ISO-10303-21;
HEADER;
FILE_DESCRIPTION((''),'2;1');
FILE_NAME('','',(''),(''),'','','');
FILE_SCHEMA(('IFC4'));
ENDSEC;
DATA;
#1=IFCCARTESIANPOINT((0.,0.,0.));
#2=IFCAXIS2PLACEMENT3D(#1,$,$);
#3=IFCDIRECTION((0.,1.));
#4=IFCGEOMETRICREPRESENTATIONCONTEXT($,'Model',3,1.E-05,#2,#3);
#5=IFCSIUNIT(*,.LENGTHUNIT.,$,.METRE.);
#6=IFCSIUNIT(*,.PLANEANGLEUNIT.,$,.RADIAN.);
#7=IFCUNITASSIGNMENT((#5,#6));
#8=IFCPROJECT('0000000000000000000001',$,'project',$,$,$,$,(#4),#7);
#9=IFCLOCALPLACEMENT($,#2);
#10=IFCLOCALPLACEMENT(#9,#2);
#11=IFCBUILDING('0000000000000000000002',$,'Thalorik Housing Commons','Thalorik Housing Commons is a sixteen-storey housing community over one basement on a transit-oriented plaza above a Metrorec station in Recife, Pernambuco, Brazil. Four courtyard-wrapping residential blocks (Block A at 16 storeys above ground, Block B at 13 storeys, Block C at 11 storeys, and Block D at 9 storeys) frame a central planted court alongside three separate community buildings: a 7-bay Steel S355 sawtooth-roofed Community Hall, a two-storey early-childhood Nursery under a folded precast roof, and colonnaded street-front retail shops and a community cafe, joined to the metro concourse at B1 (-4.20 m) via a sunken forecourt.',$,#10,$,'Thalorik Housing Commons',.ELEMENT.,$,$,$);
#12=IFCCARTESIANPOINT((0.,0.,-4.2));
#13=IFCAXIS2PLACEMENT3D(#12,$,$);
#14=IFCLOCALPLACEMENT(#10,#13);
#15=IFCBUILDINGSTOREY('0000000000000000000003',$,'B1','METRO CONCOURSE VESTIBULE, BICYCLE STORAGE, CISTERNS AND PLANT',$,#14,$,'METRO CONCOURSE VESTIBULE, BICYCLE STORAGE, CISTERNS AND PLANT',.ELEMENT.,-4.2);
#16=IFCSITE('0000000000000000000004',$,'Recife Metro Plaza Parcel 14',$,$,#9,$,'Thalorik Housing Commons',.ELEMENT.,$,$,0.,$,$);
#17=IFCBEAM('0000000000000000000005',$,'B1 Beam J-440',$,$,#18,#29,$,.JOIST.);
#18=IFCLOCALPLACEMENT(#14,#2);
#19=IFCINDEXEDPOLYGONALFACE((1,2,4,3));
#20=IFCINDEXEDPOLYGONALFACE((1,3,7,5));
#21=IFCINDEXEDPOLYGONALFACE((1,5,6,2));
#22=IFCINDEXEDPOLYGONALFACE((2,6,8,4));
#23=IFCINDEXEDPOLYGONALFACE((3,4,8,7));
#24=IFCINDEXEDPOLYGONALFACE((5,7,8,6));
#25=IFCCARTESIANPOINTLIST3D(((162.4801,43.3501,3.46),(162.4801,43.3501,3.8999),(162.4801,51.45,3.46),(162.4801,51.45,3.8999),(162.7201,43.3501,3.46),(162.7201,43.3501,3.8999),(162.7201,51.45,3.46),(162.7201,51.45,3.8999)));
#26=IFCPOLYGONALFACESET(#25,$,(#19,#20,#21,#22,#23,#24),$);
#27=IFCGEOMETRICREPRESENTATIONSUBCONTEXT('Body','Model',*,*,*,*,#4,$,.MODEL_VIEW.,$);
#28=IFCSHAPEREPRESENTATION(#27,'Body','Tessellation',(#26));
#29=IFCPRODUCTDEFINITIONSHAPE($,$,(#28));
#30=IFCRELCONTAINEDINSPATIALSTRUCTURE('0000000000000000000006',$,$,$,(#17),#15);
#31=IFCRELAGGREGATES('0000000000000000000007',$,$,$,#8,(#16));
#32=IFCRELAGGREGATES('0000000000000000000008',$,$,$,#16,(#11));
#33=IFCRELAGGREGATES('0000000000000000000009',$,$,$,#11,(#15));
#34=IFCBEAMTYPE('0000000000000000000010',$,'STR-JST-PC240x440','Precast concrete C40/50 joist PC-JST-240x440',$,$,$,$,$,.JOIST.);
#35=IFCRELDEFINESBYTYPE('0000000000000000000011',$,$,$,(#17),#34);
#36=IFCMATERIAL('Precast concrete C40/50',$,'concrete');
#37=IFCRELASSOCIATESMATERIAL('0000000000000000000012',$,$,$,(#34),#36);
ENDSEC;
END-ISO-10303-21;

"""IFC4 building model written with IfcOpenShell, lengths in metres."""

from ifc_helpers import new_model, si_unit, direction, frame, origin, origin_2d, place, context, subcontext, project, spatial, rectangle, extrude, material, material_profile, profile_set, type_object, element, save


model = new_model("IFC4")

# Units and contexts
model_context = context("Model", 3, precision=1e-05, world=origin(), true_north=direction((0.0, 1.0)))
body_context = subcontext(model_context, "Body", "Model", "MODEL_VIEW")
ifc_project = project(units=[si_unit("LENGTHUNIT", "METRE"), si_unit("PLANEANGLEUNIT", "RADIAN")], contexts=[model_context])

# Site, building, storey
site_placement = place(None, origin())
site = spatial("IfcSite", under=ifc_project, at=site_placement, Name="Recife Metro Plaza Parcel 14", LongName="Thalorik Housing Commons", CompositionType="ELEMENT", RefElevation=0.0)
building_placement = place(site_placement, origin())
building = spatial("IfcBuilding", under=site, at=building_placement, Name="Thalorik Housing Commons", Description="Thalorik Housing Commons is a sixteen-storey housing community over one basement on a transit-oriented plaza above a Metrorec station in Recife, Pernambuco, Brazil. Four courtyard-wrapping residential blocks (Block A at 16 storeys above ground, Block B at 13 storeys, Block C at 11 storeys, and Block D at 9 storeys) frame a central planted court alongside three separate community buildings: a 7-bay Steel S355 sawtooth-roofed Community Hall, a two-storey early-childhood Nursery under a folded precast roof, and colonnaded street-front retail shops and a community cafe, joined to the metro concourse at B1 (-4.20 m) via a sunken forecourt.", LongName="Thalorik Housing Commons", CompositionType="ELEMENT")
storey_placement = place(building_placement, frame((0.0, 0.0, -4.2)))
storey = spatial("IfcBuildingStorey", under=building, at=storey_placement, Name="B1", Description="METRO CONCOURSE VESTIBULE, BICYCLE STORAGE, CISTERNS AND PLANT", LongName="METRO CONCOURSE VESTIBULE, BICYCLE STORAGE, CISTERNS AND PLANT", CompositionType="ELEMENT", Elevation=-4.2)

# Shared definitions
ifc_material_1 = material(Name="Precast concrete C40/50", Category="concrete")

# Beam
ifc_material_profile_1 = material_profile(ifc_material_1, rectangle(XDim=0.24, YDim=0.4399, at=origin_2d()), Name="PC JST 240x440", Category="concrete")
ifc_profile_set_1 = profile_set([ifc_material_profile_1], Name="Precast concrete C40/50")
beam_type_1 = type_object("IfcBeamType", Name="STR-JST-PC240x440", Description="Precast concrete C40/50 joist PC-JST-240x440", PredefinedType="JOIST", material=ifc_profile_set_1)
beam_placement = place(storey_placement, frame((162.6001, 43.3501, 3.6799), z_axis=(0.0, 1.0, 0.0), x_axis=(-1.0, 0.0, 0.0)))
element("IfcBeam", 1, at=beam_placement, inside=storey, type_object=beam_type_1, Name="B1 Beam J-440", PredefinedType="JOIST", context=body_context, shape_type="SweptSolid", body=[
    extrude(rectangle(XDim=0.24, YDim=0.4399, at=origin_2d()), origin(), (0.0, 0.0, 1.0), 8.0999),
])

save(model, "model.ifc")
